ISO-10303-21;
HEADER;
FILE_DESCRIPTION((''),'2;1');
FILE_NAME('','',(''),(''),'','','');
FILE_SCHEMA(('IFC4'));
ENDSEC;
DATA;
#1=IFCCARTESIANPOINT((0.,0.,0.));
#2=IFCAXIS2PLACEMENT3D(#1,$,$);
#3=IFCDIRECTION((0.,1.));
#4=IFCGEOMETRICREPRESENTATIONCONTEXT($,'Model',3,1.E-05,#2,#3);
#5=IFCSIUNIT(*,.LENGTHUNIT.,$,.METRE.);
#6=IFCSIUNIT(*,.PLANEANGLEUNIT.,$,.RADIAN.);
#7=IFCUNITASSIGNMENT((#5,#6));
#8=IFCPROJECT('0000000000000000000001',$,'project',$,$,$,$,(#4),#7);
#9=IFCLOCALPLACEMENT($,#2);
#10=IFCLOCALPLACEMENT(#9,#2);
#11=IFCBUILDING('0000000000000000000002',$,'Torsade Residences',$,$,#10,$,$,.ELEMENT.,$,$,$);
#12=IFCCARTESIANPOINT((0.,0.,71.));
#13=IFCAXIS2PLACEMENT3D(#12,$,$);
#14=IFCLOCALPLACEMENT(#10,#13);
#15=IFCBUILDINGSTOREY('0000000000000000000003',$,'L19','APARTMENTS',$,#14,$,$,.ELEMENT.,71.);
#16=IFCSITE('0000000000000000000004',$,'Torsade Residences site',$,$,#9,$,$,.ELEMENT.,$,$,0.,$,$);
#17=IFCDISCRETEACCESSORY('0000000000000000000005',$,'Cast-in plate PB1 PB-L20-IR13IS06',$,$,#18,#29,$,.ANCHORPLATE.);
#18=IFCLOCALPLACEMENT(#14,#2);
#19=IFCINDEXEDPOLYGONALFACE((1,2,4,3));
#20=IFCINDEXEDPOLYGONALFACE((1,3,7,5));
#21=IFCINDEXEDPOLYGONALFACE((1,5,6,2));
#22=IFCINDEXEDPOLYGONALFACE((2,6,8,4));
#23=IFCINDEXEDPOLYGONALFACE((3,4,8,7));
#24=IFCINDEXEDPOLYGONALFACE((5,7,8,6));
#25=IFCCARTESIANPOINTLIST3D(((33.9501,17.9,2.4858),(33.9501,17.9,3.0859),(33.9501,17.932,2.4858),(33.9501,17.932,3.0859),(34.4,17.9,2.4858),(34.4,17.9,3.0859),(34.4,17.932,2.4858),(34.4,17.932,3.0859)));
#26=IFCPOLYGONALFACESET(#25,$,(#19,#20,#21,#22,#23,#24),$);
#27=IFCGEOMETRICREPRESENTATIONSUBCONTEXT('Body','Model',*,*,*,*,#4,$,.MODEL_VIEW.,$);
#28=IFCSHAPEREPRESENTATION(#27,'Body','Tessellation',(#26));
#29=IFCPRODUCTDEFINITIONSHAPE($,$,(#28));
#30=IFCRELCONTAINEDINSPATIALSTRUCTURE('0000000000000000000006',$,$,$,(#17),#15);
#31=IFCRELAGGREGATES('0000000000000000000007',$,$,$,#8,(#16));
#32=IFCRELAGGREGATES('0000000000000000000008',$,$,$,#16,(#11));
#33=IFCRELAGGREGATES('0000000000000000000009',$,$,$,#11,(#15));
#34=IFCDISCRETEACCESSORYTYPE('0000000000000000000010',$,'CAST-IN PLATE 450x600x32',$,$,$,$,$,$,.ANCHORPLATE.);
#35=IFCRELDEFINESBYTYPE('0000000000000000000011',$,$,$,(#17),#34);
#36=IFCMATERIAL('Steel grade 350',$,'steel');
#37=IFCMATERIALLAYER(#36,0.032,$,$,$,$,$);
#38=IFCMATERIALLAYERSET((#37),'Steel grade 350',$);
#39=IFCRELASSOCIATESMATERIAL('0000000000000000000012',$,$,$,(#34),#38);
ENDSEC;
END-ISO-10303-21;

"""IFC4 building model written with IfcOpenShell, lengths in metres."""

from ifc_helpers import new_model, si_unit, direction, frame, origin, origin_2d, place, context, subcontext, project, spatial, rectangle, extrude, material, layer, layer_set, type_object, element, save


model = new_model("IFC4")

# Units and contexts
model_context = context("Model", 3, precision=1e-05, world=origin(), true_north=direction((0.0, 1.0)))
body_context = subcontext(model_context, "Body", "Model", "MODEL_VIEW")
ifc_project = project(units=[si_unit("LENGTHUNIT", "METRE"), si_unit("PLANEANGLEUNIT", "RADIAN")], contexts=[model_context])

# Site, building, storey
site_placement = place(None, origin())
site = spatial("IfcSite", under=ifc_project, at=site_placement, Name="Torsade Residences site", CompositionType="ELEMENT", RefElevation=0.0)
building_placement = place(site_placement, origin())
building = spatial("IfcBuilding", under=site, at=building_placement, Name="Torsade Residences", CompositionType="ELEMENT")
storey_placement = place(building_placement, frame((0.0, 0.0, 71.0)))
storey = spatial("IfcBuildingStorey", under=building, at=storey_placement, Name="L19", Description="APARTMENTS", CompositionType="ELEMENT", Elevation=71.0)

# Discrete accessory
ifc_material_1 = material(Name="Steel grade 350", Category="steel")
ifc_layer_1 = layer(ifc_material_1, 0.032)
ifc_layer_set_1 = layer_set([ifc_layer_1], Name="Steel grade 350")
discrete_accessory_type = type_object("IfcDiscreteAccessoryType", Name="CAST-IN PLATE 450x600x32", PredefinedType="ANCHORPLATE", material=ifc_layer_set_1)
for number, where, z_axis, x_axis, name in (
    (1, (34.175, 17.916, 2.4858), (0.0, 0.0, 1.0), (1.0, 0.0, 0.0), "Cast-in plate PB1 PB-L20-IR13IS06"),
):
    element("IfcDiscreteAccessory", number, at=place(storey_placement, frame(where, z_axis=z_axis, x_axis=x_axis)), inside=storey, type_object=discrete_accessory_type, Name=name, PredefinedType="ANCHORPLATE", context=body_context, shape_type="SweptSolid", body=[
        extrude(rectangle(XDim=0.45, YDim=0.032, at=origin_2d()), origin(), (0.0, 0.0, 1.0), 0.6001),
    ])

save(model, "model.ifc")
